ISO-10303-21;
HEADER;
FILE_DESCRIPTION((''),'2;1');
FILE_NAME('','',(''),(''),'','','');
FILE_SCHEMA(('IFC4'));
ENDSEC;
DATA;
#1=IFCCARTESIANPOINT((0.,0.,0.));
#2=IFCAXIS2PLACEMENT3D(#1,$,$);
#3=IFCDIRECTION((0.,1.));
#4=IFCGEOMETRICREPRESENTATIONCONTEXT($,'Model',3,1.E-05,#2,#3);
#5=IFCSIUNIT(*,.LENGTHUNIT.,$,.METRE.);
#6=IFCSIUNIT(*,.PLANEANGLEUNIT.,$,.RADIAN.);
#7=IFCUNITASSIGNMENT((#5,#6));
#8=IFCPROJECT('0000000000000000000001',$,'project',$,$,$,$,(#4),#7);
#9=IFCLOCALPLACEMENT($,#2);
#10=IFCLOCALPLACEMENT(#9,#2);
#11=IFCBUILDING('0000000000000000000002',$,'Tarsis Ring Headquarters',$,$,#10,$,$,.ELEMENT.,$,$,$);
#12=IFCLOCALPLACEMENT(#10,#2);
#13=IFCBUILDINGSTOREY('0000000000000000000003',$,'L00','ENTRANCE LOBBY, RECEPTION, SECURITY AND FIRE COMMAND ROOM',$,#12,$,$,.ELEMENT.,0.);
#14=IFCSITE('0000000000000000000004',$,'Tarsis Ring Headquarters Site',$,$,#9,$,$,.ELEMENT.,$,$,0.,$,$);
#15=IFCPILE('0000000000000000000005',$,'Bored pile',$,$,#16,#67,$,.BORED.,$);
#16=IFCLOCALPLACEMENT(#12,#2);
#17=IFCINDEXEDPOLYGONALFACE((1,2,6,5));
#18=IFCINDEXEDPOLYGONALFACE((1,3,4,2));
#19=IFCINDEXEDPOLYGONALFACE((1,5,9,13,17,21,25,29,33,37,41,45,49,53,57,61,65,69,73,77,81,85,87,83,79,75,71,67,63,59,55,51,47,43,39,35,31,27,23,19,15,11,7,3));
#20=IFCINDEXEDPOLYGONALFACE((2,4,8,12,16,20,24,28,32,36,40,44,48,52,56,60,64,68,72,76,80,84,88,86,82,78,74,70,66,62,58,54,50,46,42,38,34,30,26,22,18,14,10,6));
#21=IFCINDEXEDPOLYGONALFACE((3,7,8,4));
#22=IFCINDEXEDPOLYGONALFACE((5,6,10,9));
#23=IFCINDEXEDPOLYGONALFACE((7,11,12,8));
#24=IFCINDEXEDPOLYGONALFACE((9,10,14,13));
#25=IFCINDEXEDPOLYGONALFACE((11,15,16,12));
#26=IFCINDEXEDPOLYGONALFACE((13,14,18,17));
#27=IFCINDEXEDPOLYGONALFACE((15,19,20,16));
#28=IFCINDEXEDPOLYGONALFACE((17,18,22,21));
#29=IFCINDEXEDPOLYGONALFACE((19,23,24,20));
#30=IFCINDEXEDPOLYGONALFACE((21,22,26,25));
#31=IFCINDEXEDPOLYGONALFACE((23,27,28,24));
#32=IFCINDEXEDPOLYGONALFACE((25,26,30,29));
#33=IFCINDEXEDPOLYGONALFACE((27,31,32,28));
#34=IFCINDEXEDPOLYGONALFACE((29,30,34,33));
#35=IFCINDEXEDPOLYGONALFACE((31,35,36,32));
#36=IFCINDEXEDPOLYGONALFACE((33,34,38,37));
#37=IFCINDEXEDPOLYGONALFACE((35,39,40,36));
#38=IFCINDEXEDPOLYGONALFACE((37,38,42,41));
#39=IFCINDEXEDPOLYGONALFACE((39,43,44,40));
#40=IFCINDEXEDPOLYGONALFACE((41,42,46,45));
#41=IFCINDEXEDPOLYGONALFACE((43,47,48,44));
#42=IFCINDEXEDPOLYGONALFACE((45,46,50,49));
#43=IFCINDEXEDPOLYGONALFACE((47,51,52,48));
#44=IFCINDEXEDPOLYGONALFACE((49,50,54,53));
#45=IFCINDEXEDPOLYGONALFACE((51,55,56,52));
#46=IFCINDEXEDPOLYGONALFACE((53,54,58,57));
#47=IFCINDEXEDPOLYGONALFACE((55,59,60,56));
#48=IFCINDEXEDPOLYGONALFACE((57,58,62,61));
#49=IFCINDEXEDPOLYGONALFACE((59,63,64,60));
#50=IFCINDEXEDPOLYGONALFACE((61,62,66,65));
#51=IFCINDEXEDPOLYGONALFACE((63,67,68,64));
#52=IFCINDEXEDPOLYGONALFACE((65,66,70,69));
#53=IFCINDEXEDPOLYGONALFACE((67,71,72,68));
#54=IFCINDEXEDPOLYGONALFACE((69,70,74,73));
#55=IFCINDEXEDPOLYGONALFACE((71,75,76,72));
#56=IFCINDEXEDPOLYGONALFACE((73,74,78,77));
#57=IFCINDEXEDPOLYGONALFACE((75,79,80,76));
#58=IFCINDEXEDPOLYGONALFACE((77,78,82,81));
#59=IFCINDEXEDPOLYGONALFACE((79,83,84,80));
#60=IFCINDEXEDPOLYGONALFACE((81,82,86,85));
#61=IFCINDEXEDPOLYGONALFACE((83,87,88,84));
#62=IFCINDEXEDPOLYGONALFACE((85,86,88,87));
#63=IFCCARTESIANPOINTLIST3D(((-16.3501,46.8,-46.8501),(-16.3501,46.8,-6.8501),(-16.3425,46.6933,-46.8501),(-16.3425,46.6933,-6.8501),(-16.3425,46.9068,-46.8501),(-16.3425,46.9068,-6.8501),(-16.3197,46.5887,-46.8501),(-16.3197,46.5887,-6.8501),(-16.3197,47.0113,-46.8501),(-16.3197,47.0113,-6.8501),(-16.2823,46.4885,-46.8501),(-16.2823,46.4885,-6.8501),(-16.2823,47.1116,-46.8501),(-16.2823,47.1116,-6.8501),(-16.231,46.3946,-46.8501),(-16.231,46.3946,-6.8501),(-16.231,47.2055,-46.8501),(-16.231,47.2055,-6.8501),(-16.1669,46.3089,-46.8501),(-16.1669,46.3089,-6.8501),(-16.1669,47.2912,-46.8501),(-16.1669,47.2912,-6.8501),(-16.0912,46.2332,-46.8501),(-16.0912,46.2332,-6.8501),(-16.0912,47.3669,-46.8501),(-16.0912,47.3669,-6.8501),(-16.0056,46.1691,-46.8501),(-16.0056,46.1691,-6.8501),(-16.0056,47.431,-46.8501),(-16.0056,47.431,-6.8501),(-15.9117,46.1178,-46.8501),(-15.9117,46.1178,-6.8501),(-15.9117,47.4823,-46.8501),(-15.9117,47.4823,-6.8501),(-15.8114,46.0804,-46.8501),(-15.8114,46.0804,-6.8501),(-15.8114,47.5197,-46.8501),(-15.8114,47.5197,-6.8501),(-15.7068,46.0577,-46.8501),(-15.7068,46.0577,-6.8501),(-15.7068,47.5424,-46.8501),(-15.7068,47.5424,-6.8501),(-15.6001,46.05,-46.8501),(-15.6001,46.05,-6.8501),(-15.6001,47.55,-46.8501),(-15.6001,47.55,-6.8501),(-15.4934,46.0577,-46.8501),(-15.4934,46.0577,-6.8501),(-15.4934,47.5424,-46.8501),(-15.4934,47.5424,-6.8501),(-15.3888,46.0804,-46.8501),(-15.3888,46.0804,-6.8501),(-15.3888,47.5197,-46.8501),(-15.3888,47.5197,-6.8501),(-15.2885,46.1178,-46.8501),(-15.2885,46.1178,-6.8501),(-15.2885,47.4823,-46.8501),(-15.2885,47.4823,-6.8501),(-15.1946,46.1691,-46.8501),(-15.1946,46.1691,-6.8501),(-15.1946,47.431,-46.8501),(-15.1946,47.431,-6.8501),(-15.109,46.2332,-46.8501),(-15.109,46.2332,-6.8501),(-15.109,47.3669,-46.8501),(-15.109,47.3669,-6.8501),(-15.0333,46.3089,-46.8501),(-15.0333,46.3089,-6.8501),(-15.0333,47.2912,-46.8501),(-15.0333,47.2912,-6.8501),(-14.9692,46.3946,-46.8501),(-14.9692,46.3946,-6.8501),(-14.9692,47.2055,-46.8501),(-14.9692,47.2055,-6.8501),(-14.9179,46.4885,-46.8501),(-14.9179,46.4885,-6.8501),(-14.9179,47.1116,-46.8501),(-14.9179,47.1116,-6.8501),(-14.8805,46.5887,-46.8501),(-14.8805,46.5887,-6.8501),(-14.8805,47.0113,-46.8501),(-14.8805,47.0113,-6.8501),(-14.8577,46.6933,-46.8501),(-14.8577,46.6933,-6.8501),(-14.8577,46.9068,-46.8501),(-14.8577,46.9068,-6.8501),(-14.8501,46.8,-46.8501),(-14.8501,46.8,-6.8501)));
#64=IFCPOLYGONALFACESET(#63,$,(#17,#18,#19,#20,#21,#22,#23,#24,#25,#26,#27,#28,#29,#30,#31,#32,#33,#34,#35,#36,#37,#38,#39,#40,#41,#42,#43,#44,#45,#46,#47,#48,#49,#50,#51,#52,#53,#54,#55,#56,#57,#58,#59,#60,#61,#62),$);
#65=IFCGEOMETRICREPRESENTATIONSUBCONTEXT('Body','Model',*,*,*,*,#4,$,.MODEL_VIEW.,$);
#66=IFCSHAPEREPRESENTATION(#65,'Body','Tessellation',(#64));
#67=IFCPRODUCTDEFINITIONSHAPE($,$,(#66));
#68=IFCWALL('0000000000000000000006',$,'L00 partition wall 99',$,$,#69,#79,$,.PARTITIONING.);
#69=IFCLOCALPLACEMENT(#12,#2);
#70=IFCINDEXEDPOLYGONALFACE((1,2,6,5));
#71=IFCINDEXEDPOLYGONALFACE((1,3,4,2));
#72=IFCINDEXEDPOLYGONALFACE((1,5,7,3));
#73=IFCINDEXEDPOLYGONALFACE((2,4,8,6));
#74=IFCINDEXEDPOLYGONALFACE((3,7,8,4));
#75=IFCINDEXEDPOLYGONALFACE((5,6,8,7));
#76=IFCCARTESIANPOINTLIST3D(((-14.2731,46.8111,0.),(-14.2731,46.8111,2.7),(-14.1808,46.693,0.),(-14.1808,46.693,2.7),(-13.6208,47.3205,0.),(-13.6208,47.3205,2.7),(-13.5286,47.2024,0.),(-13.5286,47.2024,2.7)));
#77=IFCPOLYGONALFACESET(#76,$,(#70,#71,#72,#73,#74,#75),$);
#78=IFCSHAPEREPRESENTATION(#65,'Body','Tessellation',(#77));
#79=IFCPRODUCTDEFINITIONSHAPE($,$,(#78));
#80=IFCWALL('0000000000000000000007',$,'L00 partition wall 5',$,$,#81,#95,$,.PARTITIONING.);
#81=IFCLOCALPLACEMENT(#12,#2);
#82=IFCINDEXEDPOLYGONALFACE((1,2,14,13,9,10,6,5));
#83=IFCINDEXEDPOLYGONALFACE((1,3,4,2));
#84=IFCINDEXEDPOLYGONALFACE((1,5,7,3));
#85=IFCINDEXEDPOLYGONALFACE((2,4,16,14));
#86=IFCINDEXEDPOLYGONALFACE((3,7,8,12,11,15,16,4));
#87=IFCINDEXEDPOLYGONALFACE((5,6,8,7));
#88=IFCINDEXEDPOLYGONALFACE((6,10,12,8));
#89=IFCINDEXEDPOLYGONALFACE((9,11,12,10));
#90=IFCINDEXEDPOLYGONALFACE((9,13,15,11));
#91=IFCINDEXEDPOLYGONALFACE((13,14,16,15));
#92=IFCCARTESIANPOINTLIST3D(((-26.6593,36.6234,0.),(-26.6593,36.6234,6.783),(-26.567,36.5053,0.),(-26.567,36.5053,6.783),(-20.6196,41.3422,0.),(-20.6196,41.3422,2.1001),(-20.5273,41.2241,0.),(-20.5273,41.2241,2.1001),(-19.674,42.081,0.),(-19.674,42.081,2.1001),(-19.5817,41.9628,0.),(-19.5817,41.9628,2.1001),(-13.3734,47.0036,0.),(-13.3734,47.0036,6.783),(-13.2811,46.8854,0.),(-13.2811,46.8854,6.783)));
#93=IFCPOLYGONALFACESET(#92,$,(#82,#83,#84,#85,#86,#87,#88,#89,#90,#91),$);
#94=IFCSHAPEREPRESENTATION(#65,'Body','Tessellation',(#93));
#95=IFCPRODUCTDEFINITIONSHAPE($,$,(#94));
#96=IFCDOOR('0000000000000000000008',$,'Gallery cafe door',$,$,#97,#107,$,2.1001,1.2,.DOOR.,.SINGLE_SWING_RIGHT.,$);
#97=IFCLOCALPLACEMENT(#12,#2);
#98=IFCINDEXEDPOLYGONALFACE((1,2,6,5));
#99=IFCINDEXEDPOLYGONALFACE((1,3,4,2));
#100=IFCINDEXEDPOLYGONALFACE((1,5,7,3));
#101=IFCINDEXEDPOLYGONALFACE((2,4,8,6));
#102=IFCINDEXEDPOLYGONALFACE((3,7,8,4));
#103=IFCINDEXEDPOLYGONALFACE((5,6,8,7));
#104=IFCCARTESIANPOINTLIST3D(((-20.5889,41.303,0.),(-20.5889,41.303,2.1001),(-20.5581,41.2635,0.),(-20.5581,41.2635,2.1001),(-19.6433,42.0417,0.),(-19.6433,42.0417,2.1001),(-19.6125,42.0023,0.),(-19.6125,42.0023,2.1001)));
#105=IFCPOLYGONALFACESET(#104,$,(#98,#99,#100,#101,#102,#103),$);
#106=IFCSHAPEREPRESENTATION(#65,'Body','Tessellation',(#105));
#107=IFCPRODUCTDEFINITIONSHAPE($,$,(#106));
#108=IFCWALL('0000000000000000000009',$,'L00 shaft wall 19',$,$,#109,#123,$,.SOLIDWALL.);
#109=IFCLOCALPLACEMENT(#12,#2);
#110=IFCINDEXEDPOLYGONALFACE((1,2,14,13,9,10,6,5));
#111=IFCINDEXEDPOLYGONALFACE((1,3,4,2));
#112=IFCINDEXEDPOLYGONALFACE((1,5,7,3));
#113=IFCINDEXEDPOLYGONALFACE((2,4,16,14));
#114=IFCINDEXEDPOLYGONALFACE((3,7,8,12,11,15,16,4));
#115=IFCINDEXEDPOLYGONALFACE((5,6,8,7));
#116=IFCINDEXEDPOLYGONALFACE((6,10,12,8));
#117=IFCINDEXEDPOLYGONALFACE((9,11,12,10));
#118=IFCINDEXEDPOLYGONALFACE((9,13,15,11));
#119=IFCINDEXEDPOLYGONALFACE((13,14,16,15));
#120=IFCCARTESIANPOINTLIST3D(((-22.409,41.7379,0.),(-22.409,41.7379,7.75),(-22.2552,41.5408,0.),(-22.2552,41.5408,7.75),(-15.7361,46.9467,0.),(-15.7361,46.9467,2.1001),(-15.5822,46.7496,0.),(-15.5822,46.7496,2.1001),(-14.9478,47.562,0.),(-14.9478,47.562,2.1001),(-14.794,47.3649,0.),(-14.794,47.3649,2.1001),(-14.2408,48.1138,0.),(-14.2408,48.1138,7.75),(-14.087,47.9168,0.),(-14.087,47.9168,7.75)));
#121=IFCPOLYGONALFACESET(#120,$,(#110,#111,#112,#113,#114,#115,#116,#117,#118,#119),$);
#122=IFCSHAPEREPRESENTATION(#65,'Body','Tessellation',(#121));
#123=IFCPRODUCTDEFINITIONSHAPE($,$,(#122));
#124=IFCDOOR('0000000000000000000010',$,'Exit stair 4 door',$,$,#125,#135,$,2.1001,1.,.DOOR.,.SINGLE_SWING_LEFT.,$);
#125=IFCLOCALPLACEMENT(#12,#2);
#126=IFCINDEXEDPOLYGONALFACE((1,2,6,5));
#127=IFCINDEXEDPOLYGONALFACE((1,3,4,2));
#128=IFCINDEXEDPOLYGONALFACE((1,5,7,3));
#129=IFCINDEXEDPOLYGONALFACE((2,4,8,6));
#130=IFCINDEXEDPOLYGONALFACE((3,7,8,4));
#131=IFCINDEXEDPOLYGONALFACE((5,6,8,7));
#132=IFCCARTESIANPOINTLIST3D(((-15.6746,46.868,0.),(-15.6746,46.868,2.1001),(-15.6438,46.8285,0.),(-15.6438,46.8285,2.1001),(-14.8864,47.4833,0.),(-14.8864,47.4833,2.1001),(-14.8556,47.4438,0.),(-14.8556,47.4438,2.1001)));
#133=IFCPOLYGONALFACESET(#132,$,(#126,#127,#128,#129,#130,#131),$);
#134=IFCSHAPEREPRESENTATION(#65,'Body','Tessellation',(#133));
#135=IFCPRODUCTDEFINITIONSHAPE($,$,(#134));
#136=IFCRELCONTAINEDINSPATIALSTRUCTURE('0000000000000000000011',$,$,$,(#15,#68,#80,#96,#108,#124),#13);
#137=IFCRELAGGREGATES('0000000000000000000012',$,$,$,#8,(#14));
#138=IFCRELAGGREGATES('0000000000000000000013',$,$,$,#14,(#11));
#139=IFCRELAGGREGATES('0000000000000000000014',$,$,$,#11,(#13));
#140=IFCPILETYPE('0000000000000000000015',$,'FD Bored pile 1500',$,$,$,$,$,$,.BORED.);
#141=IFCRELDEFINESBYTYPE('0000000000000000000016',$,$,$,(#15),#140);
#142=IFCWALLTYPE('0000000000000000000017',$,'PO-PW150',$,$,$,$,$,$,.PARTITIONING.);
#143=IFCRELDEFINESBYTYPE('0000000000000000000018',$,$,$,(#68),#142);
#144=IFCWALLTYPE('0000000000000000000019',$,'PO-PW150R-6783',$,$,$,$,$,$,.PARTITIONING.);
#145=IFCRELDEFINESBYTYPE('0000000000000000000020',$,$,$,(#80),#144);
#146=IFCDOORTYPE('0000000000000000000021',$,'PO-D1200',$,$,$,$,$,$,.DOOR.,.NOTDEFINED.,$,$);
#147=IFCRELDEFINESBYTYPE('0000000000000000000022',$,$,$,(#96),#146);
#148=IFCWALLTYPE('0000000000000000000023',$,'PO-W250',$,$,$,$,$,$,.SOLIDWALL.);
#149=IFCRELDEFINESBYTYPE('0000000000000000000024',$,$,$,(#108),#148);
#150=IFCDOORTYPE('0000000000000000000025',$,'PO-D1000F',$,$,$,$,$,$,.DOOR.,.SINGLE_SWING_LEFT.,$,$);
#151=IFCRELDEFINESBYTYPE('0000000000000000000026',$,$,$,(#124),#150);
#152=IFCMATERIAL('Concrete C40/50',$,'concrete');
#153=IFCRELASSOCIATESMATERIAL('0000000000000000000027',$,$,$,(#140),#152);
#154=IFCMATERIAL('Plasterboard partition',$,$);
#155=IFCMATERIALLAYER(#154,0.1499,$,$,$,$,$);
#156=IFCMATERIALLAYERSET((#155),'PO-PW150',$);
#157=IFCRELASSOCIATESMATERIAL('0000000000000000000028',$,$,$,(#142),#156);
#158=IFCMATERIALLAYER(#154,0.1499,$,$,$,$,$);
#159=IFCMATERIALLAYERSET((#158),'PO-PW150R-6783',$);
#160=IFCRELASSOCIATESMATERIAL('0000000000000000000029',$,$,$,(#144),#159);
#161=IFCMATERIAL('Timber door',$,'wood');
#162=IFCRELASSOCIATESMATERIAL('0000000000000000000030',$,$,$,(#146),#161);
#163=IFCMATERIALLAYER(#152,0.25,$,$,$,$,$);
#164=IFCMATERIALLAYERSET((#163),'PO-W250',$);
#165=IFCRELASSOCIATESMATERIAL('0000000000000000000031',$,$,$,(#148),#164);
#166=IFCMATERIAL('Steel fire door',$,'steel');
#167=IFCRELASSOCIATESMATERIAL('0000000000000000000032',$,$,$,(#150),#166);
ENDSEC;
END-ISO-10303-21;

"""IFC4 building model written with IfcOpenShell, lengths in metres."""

from ifc_helpers import new_model, si_unit, direction, frame, frame_2d, origin, origin_2d, place, context, subcontext, project, spatial, rectangle, circle, extrude, material, layer, layer_set, material_profile, profile_set, type_object, element, fill, save


model = new_model("IFC4")

# Units and contexts
model_context = context("Model", 3, precision=1e-05, world=origin(), true_north=direction((0.0, 1.0)))
body_context = subcontext(model_context, "Body", "Model", "MODEL_VIEW")
ifc_project = project(units=[si_unit("LENGTHUNIT", "METRE"), si_unit("PLANEANGLEUNIT", "RADIAN")], contexts=[model_context])

# Site, building, storey
site_placement = place(None, origin())
site = spatial("IfcSite", under=ifc_project, at=site_placement, Name="Tarsis Ring Headquarters Site", CompositionType="ELEMENT", RefElevation=0.0)
building_placement = place(site_placement, origin())
building = spatial("IfcBuilding", under=site, at=building_placement, Name="Tarsis Ring Headquarters", CompositionType="ELEMENT")
storey_placement = place(building_placement, origin())
storey = spatial("IfcBuildingStorey", under=building, at=storey_placement, Name="L00", Description="ENTRANCE LOBBY, RECEPTION, SECURITY AND FIRE COMMAND ROOM", CompositionType="ELEMENT", Elevation=0.0)

# Pile
ifc_material_1 = material(Name="Concrete C40/50", Category="concrete")
ifc_material_profile = material_profile(ifc_material_1, circle(Radius=0.75, at=origin_2d()), Name="BORED 1500")
ifc_profile_set = profile_set([ifc_material_profile], Name="Concrete C40/50")
pile_type = type_object("IfcPileType", Name="FD Bored pile 1500", PredefinedType="BORED", material=ifc_profile_set)
pile_placement = place(storey_placement, frame((-15.6001, 46.8, -6.8501), z_axis=(0.0, 0.0, -1.0), x_axis=(1.0, 0.0, 0.0)))
element("IfcPile", 1, at=pile_placement, inside=storey, type_object=pile_type, Name="Bored pile", PredefinedType="BORED", context=body_context, shape_type="SweptSolid", body=[
    extrude(circle(Radius=0.75, at=origin_2d()), origin(), (0.0, 0.0, 1.0), 40.0),
])

# Wall
ifc_material_2 = material(Name="Plasterboard partition")
ifc_layer_1 = layer(ifc_material_2, 0.1499)
ifc_layer_set_1 = layer_set([ifc_layer_1], Name="PO-PW150")
wall_type_1 = type_object("IfcWallType", Name="PO-PW150", PredefinedType="PARTITIONING", material=ifc_layer_set_1)
wall_1_placement = place(storey_placement, frame((-13.5747, 47.2615, 0.0), z_axis=(0.0, 0.0, 1.0), x_axis=(-0.788096, -0.615552, 0.0)))
element("IfcWall", 2, at=wall_1_placement, inside=storey, type_object=wall_type_1, Name="L00 partition wall 99", PredefinedType="PARTITIONING", context=body_context, shape_type="SweptSolid", body=[
    extrude(rectangle(XDim=0.8276, YDim=0.1499, at=frame_2d((0.4138, 0.0))), origin(), (0.0, 0.0, 1.0), 2.7),
])

# Walls, openings, doors
ifc_layer_2 = layer(ifc_material_2, 0.1499)
ifc_layer_set_2 = layer_set([ifc_layer_2], Name="PO-PW150R-6783")
wall_type_2 = type_object("IfcWallType", Name="PO-PW150R-6783", PredefinedType="PARTITIONING", material=ifc_layer_set_2)
wall_2_placement = place(storey_placement, frame((-13.3271, 46.9446, 0.0), z_axis=(0.0, 0.0, 1.0), x_axis=(-0.788009, -0.615663, 0.0)))
wall_2 = element("IfcWall", 3, at=wall_2_placement, inside=storey, type_object=wall_type_2, Name="L00 partition wall 5", PredefinedType="PARTITIONING", context=body_context, shape_type="SweptSolid", body=[
    extrude(rectangle(XDim=16.8601, YDim=0.1499, at=frame_2d((8.4302, 0.0))), origin(), (0.0, 0.0, 1.0), 6.783),
])
opening_1_placement = place(wall_2_placement, frame((7.9956, 0.0, 0.0)))
opening_1 = element("IfcOpeningElement", 4, at=opening_1_placement, cuts=wall_2, PredefinedType="OPENING", context=body_context, shape_type="SweptSolid", body=[
    extrude(rectangle(XDim=1.2, YDim=2.1001, at=frame_2d((0.6001, 1.05))), frame((0.0, 0.085, 0.0), z_axis=(0.0, -1.0, 0.0), x_axis=(1.0, 0.0, 0.0)), (0.0, 0.0, 1.0), 0.1699),
])
ifc_material_3 = material(Name="Timber door", Category="wood")
door_type_1 = type_object("IfcDoorType", Name="PO-D1200", OperationType="NOTDEFINED", PredefinedType="DOOR", material=ifc_material_3)
door_1_placement = place(opening_1_placement, origin())
door_1 = element("IfcDoor", 5, at=door_1_placement, inside=storey, type_object=door_type_1, Name="Gallery cafe door", OperationType="SINGLE_SWING_RIGHT", OverallHeight=2.1001, OverallWidth=1.2, PredefinedType="DOOR", context=body_context, shape_type="SweptSolid", body=[
    extrude(rectangle(XDim=1.2, YDim=2.1001, at=frame_2d((0.6001, 1.05))), frame((0.0, 0.0249, 0.0), z_axis=(0.0, -1.0, 0.0), x_axis=(1.0, 0.0, 0.0)), (0.0, 0.0, 1.0), 0.05),
])
fill(opening_1, door_1)
ifc_layer_3 = layer(ifc_material_1, 0.25)
ifc_layer_set_3 = layer_set([ifc_layer_3], Name="PO-W250")
wall_type_3 = type_object("IfcWallType", Name="PO-W250", PredefinedType="SOLIDWALL", material=ifc_layer_set_3)
wall_3_placement = place(storey_placement, frame((-14.1638, 48.0154, 0.0), z_axis=(0.0, 0.0, 1.0), x_axis=(-0.788279, -0.615318, 0.0)))
wall_3 = element("IfcWall", 6, at=wall_3_placement, inside=storey, type_object=wall_type_3, Name="L00 shaft wall 19", PredefinedType="SOLIDWALL", context=body_context, shape_type="SweptSolid", body=[
    extrude(rectangle(XDim=10.3621, YDim=0.25, at=frame_2d((5.1812, 0.0))), origin(), (0.0, 0.0, 1.0), 7.75),
])
opening_2_placement = place(wall_3_placement, frame((0.897, 0.0, 0.0)))
opening_2 = element("IfcOpeningElement", 7, at=opening_2_placement, cuts=wall_3, PredefinedType="OPENING", context=body_context, shape_type="SweptSolid", body=[
    extrude(rectangle(XDim=1.0, YDim=2.1001, at=frame_2d((0.5, 1.05))), frame((0.0, 0.135, 0.0), z_axis=(0.0, -1.0, 0.0), x_axis=(1.0, 0.0, 0.0)), (0.0, 0.0, 1.0), 0.27),
])
ifc_material_4 = material(Name="Steel fire door", Category="steel")
door_type_2 = type_object("IfcDoorType", Name="PO-D1000F", OperationType="SINGLE_SWING_LEFT", PredefinedType="DOOR", material=ifc_material_4)
door_2_placement = place(opening_2_placement, origin())
door_2 = element("IfcDoor", 8, at=door_2_placement, inside=storey, type_object=door_type_2, Name="Exit stair 4 door", OperationType="SINGLE_SWING_LEFT", OverallHeight=2.1001, OverallWidth=1.0, PredefinedType="DOOR", context=body_context, shape_type="SweptSolid", body=[
    extrude(rectangle(XDim=1.0, YDim=2.1001, at=frame_2d((0.5, 1.05))), frame((0.0, 0.0249, 0.0), z_axis=(0.0, -1.0, 0.0), x_axis=(1.0, 0.0, 0.0)), (0.0, 0.0, 1.0), 0.05),
])
fill(opening_2, door_2)

save(model, "model.ifc")
